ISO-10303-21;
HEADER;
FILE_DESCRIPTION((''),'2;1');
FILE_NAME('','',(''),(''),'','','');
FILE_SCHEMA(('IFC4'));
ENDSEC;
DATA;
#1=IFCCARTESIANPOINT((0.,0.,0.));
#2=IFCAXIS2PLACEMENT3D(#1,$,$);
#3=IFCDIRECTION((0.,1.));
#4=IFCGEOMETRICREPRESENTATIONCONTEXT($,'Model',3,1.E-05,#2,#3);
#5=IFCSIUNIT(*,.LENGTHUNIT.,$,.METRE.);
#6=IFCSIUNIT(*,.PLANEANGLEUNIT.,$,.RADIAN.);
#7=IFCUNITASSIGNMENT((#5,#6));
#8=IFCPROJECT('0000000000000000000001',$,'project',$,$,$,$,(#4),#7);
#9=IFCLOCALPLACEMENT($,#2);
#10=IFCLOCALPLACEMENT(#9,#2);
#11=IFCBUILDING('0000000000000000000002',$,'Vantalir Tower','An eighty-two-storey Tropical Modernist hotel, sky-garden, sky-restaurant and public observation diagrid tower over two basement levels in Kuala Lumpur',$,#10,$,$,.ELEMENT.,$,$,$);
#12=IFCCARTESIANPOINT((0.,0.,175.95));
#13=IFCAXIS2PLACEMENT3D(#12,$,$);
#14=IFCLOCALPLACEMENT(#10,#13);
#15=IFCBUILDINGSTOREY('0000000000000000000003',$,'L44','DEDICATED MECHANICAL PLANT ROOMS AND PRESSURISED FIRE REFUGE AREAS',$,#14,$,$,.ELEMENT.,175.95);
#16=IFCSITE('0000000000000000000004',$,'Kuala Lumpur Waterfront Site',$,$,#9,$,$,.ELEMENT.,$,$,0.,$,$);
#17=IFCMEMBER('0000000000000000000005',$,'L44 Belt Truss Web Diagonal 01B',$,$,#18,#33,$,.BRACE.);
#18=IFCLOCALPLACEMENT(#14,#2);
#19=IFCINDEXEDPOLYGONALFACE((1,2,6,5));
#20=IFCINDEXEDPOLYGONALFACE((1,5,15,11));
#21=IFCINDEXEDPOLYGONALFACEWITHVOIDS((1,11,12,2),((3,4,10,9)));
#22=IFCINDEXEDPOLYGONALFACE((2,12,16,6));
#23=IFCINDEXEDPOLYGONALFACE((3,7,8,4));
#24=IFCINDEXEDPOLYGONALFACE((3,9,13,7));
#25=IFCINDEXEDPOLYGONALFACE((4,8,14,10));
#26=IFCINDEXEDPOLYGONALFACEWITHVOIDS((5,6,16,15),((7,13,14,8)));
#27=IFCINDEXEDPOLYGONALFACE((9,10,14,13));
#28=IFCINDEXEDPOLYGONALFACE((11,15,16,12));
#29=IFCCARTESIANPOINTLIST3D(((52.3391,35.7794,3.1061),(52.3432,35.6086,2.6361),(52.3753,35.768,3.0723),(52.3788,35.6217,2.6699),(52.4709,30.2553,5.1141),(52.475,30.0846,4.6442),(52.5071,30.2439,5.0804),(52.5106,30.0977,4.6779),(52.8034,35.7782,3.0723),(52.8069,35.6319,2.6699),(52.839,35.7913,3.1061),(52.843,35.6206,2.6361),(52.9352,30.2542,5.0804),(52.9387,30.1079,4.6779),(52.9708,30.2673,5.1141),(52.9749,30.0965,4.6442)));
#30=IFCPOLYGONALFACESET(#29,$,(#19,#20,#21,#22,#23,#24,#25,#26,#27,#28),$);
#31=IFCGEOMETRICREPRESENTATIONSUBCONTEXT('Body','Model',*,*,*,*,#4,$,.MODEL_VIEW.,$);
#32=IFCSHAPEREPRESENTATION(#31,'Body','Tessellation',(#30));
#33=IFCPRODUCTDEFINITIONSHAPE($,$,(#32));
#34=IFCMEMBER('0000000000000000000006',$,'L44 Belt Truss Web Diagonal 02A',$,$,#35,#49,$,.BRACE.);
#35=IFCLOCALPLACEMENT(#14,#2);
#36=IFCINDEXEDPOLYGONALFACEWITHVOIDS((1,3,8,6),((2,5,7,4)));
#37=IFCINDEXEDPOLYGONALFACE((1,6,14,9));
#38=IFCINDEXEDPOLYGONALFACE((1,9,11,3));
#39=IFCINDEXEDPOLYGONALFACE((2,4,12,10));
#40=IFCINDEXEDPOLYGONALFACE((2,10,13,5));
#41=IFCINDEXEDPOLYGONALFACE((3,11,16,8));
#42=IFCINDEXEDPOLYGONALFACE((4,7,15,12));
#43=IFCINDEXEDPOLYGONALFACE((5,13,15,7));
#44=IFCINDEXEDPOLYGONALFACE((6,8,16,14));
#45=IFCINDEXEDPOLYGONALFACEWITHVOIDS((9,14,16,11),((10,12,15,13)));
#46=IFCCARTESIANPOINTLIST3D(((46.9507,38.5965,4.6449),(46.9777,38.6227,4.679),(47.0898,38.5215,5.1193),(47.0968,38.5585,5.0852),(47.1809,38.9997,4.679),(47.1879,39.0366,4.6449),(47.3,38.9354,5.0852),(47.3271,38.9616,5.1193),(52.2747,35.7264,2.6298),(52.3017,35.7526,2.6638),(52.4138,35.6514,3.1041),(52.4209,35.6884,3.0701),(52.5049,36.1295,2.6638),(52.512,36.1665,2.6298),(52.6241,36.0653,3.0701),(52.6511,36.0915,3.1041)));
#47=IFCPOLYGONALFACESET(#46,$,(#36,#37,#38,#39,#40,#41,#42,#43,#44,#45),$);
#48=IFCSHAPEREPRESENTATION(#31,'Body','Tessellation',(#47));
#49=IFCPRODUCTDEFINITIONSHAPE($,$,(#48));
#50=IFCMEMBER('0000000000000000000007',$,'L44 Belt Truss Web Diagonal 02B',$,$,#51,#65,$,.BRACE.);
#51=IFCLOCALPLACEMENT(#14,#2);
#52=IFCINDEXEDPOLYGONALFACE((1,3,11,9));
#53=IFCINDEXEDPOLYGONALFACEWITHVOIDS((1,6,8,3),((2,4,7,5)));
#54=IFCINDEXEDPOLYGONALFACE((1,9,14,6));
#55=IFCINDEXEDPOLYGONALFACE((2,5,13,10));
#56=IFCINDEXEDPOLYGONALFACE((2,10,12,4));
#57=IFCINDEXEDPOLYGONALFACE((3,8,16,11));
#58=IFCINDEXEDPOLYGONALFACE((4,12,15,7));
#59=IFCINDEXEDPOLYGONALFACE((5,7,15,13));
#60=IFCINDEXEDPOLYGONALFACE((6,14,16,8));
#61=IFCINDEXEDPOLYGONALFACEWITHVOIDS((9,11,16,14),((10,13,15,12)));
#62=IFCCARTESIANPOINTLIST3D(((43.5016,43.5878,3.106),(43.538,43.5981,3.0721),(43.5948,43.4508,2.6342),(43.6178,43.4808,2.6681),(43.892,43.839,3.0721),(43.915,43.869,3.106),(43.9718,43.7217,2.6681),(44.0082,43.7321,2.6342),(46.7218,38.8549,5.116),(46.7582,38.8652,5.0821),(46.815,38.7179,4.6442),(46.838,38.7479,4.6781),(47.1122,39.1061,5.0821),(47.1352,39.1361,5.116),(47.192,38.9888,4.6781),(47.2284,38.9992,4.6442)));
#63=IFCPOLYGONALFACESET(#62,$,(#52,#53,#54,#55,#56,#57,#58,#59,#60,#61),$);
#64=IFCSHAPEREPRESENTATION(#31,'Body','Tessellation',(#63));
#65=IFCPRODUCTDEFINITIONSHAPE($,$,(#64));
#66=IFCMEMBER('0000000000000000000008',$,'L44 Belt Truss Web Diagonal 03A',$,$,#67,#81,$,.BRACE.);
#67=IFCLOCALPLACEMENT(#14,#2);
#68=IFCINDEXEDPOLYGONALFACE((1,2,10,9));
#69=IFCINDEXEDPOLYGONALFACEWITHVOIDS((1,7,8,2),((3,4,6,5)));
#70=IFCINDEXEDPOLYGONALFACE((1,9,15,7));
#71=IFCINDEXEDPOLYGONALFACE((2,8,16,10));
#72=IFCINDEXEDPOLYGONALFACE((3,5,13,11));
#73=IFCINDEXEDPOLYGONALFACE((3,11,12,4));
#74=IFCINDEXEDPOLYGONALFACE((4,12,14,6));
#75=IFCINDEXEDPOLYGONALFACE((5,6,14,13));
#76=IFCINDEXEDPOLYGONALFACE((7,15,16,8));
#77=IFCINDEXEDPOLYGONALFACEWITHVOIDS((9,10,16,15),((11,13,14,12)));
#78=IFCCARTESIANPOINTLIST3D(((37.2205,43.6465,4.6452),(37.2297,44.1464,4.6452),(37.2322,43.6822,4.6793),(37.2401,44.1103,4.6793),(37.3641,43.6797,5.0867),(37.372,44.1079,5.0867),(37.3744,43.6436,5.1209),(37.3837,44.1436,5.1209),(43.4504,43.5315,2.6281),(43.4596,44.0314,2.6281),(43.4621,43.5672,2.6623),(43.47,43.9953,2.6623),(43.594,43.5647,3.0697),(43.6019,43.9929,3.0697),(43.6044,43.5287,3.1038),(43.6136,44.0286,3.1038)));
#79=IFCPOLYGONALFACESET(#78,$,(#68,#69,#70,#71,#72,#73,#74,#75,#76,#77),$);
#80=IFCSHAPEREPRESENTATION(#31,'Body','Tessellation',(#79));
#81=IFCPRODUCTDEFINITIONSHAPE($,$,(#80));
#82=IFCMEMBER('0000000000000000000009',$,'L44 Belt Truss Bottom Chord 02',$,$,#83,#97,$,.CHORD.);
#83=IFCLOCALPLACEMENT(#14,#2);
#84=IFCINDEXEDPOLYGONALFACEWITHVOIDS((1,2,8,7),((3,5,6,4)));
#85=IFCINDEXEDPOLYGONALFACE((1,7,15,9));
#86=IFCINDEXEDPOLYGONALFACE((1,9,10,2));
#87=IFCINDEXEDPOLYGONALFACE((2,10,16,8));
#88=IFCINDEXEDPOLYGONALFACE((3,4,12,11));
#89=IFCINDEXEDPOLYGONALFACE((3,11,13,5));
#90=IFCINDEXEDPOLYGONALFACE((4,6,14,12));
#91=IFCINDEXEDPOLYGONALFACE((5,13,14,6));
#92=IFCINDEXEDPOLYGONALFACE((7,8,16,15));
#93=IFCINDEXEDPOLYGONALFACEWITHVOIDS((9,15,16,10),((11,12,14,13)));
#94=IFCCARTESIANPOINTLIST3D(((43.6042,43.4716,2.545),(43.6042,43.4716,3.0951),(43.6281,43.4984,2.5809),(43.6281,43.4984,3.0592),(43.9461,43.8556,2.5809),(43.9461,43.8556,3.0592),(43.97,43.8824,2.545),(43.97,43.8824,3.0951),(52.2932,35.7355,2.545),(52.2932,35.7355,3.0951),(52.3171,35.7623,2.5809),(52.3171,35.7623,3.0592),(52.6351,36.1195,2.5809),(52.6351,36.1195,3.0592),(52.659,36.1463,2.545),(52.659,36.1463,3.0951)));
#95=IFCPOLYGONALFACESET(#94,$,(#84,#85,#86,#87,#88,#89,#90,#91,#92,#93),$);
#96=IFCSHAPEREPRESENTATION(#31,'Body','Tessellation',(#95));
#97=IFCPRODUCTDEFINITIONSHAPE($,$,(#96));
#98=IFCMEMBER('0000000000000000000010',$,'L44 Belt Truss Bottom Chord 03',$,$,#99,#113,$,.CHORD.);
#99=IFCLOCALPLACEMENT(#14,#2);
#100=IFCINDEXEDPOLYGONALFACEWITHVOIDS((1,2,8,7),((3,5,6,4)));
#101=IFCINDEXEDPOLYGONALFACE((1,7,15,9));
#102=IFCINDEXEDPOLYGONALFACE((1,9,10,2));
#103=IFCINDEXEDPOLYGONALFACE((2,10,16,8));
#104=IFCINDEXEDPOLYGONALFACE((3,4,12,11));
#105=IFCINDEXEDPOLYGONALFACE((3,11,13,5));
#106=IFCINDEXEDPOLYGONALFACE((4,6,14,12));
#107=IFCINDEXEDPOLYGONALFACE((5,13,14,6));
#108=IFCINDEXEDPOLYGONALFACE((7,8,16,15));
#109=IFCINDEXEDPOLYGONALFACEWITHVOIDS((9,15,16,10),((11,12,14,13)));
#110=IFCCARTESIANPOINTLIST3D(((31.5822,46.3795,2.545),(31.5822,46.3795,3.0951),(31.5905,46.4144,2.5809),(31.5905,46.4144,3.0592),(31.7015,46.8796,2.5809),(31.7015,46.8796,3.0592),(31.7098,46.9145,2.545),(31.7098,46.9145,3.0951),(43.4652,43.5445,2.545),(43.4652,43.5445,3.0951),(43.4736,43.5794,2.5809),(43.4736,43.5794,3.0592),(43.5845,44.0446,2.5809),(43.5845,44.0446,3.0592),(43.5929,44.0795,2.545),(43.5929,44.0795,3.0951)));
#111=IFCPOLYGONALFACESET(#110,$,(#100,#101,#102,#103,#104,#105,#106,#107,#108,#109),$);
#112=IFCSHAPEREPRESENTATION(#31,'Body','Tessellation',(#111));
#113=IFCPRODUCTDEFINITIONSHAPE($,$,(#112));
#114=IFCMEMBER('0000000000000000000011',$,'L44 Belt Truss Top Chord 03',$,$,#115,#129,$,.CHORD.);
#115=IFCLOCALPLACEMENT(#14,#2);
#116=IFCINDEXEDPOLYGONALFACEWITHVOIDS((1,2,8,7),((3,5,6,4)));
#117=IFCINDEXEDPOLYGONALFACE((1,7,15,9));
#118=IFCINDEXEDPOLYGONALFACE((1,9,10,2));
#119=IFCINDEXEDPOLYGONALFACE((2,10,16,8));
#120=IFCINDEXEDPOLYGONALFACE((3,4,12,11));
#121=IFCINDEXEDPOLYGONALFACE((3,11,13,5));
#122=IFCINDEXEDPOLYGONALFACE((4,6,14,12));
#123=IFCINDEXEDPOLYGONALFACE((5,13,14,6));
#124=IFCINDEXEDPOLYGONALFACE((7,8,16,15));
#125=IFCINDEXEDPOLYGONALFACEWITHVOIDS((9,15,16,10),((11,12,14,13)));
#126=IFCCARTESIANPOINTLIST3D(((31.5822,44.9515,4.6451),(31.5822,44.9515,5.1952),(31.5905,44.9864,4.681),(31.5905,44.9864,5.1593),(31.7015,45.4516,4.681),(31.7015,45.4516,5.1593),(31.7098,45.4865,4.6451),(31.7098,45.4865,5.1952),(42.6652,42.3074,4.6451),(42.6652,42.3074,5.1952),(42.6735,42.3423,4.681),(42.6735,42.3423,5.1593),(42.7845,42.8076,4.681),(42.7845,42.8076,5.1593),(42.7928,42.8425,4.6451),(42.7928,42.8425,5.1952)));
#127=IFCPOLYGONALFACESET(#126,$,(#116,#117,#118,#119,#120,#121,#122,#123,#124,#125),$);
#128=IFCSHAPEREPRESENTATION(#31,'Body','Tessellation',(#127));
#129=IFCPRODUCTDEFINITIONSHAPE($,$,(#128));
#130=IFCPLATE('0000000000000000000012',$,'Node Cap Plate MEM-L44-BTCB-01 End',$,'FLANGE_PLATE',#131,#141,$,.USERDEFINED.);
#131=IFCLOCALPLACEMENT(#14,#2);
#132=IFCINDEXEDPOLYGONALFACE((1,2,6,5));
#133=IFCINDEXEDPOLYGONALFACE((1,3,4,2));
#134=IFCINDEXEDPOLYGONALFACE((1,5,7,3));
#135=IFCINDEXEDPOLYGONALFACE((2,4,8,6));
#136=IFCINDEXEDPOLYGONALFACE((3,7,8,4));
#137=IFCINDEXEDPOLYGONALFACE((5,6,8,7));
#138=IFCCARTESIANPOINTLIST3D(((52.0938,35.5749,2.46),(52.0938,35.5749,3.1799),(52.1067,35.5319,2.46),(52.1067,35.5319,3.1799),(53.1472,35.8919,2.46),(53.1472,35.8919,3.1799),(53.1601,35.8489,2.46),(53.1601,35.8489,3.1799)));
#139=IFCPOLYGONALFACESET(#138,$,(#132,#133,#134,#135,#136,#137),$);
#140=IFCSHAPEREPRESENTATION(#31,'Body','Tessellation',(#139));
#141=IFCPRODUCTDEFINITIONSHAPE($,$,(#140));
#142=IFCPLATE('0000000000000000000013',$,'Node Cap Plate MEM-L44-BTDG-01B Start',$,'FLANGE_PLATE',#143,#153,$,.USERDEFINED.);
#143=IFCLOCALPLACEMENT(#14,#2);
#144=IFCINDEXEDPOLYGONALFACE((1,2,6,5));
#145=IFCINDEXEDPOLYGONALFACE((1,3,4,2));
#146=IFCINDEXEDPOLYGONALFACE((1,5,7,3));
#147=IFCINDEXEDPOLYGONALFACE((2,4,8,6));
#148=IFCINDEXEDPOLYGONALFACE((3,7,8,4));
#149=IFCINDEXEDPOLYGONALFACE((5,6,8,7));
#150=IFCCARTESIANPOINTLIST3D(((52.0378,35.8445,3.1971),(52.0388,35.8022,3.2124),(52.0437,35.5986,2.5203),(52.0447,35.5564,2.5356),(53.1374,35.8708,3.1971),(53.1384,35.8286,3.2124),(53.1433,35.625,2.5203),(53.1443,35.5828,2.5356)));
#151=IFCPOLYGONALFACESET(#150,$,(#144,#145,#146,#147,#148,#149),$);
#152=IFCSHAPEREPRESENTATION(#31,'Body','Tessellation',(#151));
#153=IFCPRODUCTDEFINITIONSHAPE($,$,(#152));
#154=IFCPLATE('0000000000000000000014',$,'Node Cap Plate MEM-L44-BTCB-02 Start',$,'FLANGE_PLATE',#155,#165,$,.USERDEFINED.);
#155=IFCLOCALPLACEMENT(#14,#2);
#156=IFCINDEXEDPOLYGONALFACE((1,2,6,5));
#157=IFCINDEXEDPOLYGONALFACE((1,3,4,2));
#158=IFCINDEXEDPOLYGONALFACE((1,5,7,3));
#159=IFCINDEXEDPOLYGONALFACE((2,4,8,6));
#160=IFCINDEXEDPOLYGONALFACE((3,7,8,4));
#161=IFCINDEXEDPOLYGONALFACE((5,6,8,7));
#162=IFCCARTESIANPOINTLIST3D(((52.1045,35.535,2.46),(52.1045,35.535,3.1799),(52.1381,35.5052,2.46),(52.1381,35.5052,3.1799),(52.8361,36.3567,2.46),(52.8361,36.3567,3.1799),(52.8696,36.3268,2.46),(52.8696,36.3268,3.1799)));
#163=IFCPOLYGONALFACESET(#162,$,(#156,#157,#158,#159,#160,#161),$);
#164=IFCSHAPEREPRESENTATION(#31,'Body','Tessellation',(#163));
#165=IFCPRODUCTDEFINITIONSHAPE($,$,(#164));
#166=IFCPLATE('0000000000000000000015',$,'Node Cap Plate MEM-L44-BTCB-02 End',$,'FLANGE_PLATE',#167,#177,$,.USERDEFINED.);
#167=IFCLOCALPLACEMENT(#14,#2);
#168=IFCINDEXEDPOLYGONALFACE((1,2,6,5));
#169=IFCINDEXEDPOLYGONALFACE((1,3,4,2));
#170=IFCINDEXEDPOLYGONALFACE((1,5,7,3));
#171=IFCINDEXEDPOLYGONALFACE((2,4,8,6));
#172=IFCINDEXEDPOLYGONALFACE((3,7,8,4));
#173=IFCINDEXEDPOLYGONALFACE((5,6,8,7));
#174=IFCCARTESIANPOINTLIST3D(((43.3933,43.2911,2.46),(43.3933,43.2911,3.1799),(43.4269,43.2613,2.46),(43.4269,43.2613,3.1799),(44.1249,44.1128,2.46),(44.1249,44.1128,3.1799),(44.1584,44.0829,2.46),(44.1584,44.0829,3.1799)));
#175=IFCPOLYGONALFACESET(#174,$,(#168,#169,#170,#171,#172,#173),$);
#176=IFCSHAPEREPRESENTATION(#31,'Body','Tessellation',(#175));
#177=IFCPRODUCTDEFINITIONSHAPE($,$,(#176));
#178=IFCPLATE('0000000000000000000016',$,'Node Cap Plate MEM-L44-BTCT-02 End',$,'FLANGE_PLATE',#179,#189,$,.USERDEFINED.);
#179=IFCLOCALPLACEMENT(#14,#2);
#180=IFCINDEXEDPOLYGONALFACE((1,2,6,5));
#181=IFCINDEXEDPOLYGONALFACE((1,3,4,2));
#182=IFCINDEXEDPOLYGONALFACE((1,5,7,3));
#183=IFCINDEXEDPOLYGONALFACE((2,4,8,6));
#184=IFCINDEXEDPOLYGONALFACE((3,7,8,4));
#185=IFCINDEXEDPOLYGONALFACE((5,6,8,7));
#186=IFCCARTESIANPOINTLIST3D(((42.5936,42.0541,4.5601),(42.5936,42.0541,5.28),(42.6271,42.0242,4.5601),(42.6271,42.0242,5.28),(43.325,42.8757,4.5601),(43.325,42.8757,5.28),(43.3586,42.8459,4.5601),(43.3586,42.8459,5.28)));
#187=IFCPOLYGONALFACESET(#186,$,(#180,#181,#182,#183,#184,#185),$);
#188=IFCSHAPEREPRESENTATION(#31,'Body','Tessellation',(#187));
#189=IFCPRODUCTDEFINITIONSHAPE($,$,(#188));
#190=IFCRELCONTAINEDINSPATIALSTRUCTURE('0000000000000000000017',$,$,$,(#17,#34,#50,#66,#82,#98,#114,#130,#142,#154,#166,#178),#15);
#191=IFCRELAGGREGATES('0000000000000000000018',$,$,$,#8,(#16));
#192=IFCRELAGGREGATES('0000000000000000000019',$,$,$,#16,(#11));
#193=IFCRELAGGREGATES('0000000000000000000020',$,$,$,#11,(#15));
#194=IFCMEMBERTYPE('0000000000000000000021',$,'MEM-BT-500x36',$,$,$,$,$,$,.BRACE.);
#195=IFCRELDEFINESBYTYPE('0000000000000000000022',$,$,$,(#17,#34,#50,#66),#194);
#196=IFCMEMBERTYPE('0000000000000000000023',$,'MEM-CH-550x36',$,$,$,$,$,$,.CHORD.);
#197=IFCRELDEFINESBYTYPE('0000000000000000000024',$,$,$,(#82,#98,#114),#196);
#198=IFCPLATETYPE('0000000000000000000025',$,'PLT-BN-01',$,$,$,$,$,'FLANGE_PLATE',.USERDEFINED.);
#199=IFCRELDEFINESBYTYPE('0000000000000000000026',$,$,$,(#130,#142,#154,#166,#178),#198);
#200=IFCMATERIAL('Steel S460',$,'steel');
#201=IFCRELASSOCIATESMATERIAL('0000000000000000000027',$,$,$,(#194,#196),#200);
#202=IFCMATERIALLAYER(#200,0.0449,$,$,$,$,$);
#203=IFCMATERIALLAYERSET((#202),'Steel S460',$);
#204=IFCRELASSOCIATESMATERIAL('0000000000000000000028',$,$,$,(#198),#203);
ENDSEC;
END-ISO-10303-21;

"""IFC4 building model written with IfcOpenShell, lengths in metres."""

from ifc_helpers import new_model, si_unit, direction, frame, origin, origin_2d, place, context, subcontext, project, spatial, polyline, rectangle, hollow_rectangle, outline, extrude, material, layer, layer_set, material_profile, profile_set, type_object, element, save


model = new_model("IFC4")

# Units and contexts
model_context = context("Model", 3, precision=1e-05, world=origin(), true_north=direction((0.0, 1.0)))
body_context = subcontext(model_context, "Body", "Model", "MODEL_VIEW")
ifc_project = project(units=[si_unit("LENGTHUNIT", "METRE"), si_unit("PLANEANGLEUNIT", "RADIAN")], contexts=[model_context])

# Site, building, storey
site_placement = place(None, origin())
site = spatial("IfcSite", under=ifc_project, at=site_placement, Name="Kuala Lumpur Waterfront Site", CompositionType="ELEMENT", RefElevation=0.0)
building_placement = place(site_placement, origin())
building = spatial("IfcBuilding", under=site, at=building_placement, Name="Vantalir Tower", Description="An eighty-two-storey Tropical Modernist hotel, sky-garden, sky-restaurant and public observation diagrid tower over two basement levels in Kuala Lumpur", CompositionType="ELEMENT")
storey_placement = place(building_placement, frame((0.0, 0.0, 175.95)))
storey = spatial("IfcBuildingStorey", under=building, at=storey_placement, Name="L44", Description="DEDICATED MECHANICAL PLANT ROOMS AND PRESSURISED FIRE REFUGE AREAS", CompositionType="ELEMENT", Elevation=175.95)

# Shared definitions
ifc_material_1 = material(Name="Steel S460", Category="steel")

# Members
ifc_material_profile_1 = material_profile(ifc_material_1, hollow_rectangle(XDim=0.5, YDim=0.5, WallThickness=0.0359, at=origin_2d()), Name="Steel S460")
ifc_profile_set_1 = profile_set([ifc_material_profile_1], Name="Steel S460")
member_type_1 = type_object("IfcMemberType", Name="MEM-BT-500x36", PredefinedType="BRACE", material=ifc_profile_set_1)
member_1_placement = place(storey_placement, frame((52.5911, 35.7, 2.8711), z_axis=(0.022425, -0.939592, 0.34156), x_axis=(0.999715, 0.02386, 0.0)))
element("IfcMember", 1, at=member_1_placement, inside=storey, type_object=member_type_1, Name="L44 Belt Truss Web Diagonal 01B", PredefinedType="BRACE", context=body_context, shape_type="SweptSolid", body=[
    extrude(hollow_rectangle(XDim=0.5, YDim=0.5, WallThickness=0.0359, at=origin_2d()), origin(), (0.0, 0.0, 1.0), 5.8792),
])
member_2_placement = place(storey_placement, frame((52.4629, 35.9089, 2.8669), z_axis=(-0.835108, 0.450201, 0.31609), x_axis=(-0.474531, -0.880239, 0.0)))
element("IfcMember", 2, at=member_2_placement, inside=storey, type_object=member_type_1, Name="L44 Belt Truss Web Diagonal 02A", PredefinedType="BRACE", context=body_context, shape_type="SweptSolid", body=[
    extrude(hollow_rectangle(XDim=0.5, YDim=0.5, WallThickness=0.0359, at=origin_2d()), origin(), (0.0, 0.0, 1.0), 6.3752),
])
member_3_placement = place(storey_placement, frame((43.7549, 43.6599, 2.8701), z_axis=(0.530762, -0.780087, 0.331294), x_axis=(0.826777, 0.562529, 0.0)))
element("IfcMember", 3, at=member_3_placement, inside=storey, type_object=member_type_1, Name="L44 Belt Truss Web Diagonal 02B", PredefinedType="BRACE", context=body_context, shape_type="SweptSolid", body=[
    extrude(hollow_rectangle(XDim=0.5, YDim=0.5, WallThickness=0.0359, at=origin_2d()), origin(), (0.0, 0.0, 1.0), 6.0671),
])
member_4_placement = place(storey_placement, frame((43.532, 43.78, 2.866), z_axis=(-0.95123, 0.017557, 0.307981), x_axis=(-0.018454, -0.99983, 0.0)))
element("IfcMember", 4, at=member_4_placement, inside=storey, type_object=member_type_1, Name="L44 Belt Truss Web Diagonal 03A", PredefinedType="BRACE", context=body_context, shape_type="SweptSolid", body=[
    extrude(hollow_rectangle(XDim=0.5, YDim=0.5, WallThickness=0.0359, at=origin_2d()), origin(), (0.0, 0.0, 1.0), 6.5493),
])
ifc_material_profile_2 = material_profile(ifc_material_1, hollow_rectangle(XDim=0.55, YDim=0.55, WallThickness=0.0359, at=origin_2d()), Name="Steel S460")
ifc_profile_set_2 = profile_set([ifc_material_profile_2], Name="Steel S460")
member_type_2 = type_object("IfcMemberType", Name="MEM-CH-550x36", PredefinedType="CHORD", material=ifc_profile_set_2)
member_5_placement = place(storey_placement, frame((52.4761, 35.9409, 2.8201), z_axis=(-0.746873, 0.664967, 0.0), x_axis=(-0.664967, -0.746873, 0.0)))
element("IfcMember", 5, at=member_5_placement, inside=storey, type_object=member_type_2, Name="L44 Belt Truss Bottom Chord 02", PredefinedType="CHORD", context=body_context, shape_type="SweptSolid", body=[
    extrude(hollow_rectangle(XDim=0.55, YDim=0.55, WallThickness=0.0359, at=origin_2d()), origin(), (0.0, 0.0, 1.0), 11.6338),
])
member_6_placement = place(storey_placement, frame((43.5291, 43.812, 2.8201), z_axis=(-0.972702, 0.232059, 0.0), x_axis=(-0.232059, -0.972702, 0.0)))
element("IfcMember", 6, at=member_6_placement, inside=storey, type_object=member_type_2, Name="L44 Belt Truss Bottom Chord 03", PredefinedType="CHORD", context=body_context, shape_type="SweptSolid", body=[
    extrude(hollow_rectangle(XDim=0.55, YDim=0.55, WallThickness=0.0359, at=origin_2d()), origin(), (0.0, 0.0, 1.0), 12.2166),
])
member_7_placement = place(storey_placement, frame((42.729, 42.575, 4.9202), z_axis=(-0.972703, 0.232055, 0.0), x_axis=(-0.232055, -0.972703, 0.0)))
element("IfcMember", 7, at=member_7_placement, inside=storey, type_object=member_type_2, Name="L44 Belt Truss Top Chord 03", PredefinedType="CHORD", context=body_context, shape_type="SweptSolid", body=[
    extrude(hollow_rectangle(XDim=0.55, YDim=0.55, WallThickness=0.0359, at=origin_2d()), origin(), (0.0, 0.0, 1.0), 11.394),
])

# Plates
ifc_layer_1 = layer(ifc_material_1, 0.0449)
ifc_layer_set_1 = layer_set([ifc_layer_1], Name="Steel S460")
plate_type_1 = type_object("IfcPlateType", Name="PLT-BN-01", ElementType="FLANGE_PLATE", PredefinedType="USERDEFINED", material=ifc_layer_set_1)
plate_1_placement = place(storey_placement, frame((52.627, 35.7119, 2.46), z_axis=(0.0, 0.0, 1.0), x_axis=(-0.288129, 0.957591, 0.0)))
element("IfcPlate", 8, at=plate_1_placement, inside=storey, type_object=plate_type_1, Name="Node Cap Plate MEM-L44-BTCB-01 End", ObjectType="FLANGE_PLATE", PredefinedType="USERDEFINED", context=body_context, shape_type="SweptSolid", body=[
    extrude(rectangle(XDim=0.0449, YDim=1.1001, at=origin_2d()), origin(), (0.0, 0.0, 1.0), 0.72),
])
plate_2_placement = place(storey_placement, frame((52.0447, 35.5564, 2.5356), z_axis=(0.02253, -0.939601, 0.341529), x_axis=(0.999713, 0.023972, 0.0)))
element("IfcPlate", 9, at=plate_2_placement, inside=storey, type_object=plate_type_1, Name="Node Cap Plate MEM-L44-BTDG-01B Start", ObjectType="FLANGE_PLATE", PredefinedType="USERDEFINED", context=body_context, shape_type="SweptSolid", body=[
    extrude(outline(polyline([(0.0, 0.0), (1.0999, 0.0), (1.1, 0.7201), (0.0, 0.7201), (0.0, 0.0)])), origin(), (0.0, 0.0, -1.0), 0.0449),
])
for number, where, z_axis, x_axis, name in (
    (10, (52.4871, 35.9309, 2.46), (0.0, 0.0, 1.0), (-0.746859, 0.664983, 0.0), "Node Cap Plate MEM-L44-BTCB-02 Start"),
    (11, (43.7759, 43.687, 2.46), (0.0, 0.0, 1.0), (-0.746859, 0.664983, 0.0), "Node Cap Plate MEM-L44-BTCB-02 End"),
    (12, (42.9761, 42.45, 4.5601), (0.0, 0.0, 1.0), (-0.746905, 0.664931, 0.0), "Node Cap Plate MEM-L44-BTCT-02 End"),
):
    element("IfcPlate", number, at=place(storey_placement, frame(where, z_axis=z_axis, x_axis=x_axis)), inside=storey, type_object=plate_type_1, Name=name, ObjectType="FLANGE_PLATE", PredefinedType="USERDEFINED", context=body_context, shape_type="SweptSolid", body=[
        extrude(rectangle(XDim=0.0449, YDim=1.1001, at=origin_2d()), origin(), (0.0, 0.0, 1.0), 0.72),
    ])

save(model, "model.ifc")
